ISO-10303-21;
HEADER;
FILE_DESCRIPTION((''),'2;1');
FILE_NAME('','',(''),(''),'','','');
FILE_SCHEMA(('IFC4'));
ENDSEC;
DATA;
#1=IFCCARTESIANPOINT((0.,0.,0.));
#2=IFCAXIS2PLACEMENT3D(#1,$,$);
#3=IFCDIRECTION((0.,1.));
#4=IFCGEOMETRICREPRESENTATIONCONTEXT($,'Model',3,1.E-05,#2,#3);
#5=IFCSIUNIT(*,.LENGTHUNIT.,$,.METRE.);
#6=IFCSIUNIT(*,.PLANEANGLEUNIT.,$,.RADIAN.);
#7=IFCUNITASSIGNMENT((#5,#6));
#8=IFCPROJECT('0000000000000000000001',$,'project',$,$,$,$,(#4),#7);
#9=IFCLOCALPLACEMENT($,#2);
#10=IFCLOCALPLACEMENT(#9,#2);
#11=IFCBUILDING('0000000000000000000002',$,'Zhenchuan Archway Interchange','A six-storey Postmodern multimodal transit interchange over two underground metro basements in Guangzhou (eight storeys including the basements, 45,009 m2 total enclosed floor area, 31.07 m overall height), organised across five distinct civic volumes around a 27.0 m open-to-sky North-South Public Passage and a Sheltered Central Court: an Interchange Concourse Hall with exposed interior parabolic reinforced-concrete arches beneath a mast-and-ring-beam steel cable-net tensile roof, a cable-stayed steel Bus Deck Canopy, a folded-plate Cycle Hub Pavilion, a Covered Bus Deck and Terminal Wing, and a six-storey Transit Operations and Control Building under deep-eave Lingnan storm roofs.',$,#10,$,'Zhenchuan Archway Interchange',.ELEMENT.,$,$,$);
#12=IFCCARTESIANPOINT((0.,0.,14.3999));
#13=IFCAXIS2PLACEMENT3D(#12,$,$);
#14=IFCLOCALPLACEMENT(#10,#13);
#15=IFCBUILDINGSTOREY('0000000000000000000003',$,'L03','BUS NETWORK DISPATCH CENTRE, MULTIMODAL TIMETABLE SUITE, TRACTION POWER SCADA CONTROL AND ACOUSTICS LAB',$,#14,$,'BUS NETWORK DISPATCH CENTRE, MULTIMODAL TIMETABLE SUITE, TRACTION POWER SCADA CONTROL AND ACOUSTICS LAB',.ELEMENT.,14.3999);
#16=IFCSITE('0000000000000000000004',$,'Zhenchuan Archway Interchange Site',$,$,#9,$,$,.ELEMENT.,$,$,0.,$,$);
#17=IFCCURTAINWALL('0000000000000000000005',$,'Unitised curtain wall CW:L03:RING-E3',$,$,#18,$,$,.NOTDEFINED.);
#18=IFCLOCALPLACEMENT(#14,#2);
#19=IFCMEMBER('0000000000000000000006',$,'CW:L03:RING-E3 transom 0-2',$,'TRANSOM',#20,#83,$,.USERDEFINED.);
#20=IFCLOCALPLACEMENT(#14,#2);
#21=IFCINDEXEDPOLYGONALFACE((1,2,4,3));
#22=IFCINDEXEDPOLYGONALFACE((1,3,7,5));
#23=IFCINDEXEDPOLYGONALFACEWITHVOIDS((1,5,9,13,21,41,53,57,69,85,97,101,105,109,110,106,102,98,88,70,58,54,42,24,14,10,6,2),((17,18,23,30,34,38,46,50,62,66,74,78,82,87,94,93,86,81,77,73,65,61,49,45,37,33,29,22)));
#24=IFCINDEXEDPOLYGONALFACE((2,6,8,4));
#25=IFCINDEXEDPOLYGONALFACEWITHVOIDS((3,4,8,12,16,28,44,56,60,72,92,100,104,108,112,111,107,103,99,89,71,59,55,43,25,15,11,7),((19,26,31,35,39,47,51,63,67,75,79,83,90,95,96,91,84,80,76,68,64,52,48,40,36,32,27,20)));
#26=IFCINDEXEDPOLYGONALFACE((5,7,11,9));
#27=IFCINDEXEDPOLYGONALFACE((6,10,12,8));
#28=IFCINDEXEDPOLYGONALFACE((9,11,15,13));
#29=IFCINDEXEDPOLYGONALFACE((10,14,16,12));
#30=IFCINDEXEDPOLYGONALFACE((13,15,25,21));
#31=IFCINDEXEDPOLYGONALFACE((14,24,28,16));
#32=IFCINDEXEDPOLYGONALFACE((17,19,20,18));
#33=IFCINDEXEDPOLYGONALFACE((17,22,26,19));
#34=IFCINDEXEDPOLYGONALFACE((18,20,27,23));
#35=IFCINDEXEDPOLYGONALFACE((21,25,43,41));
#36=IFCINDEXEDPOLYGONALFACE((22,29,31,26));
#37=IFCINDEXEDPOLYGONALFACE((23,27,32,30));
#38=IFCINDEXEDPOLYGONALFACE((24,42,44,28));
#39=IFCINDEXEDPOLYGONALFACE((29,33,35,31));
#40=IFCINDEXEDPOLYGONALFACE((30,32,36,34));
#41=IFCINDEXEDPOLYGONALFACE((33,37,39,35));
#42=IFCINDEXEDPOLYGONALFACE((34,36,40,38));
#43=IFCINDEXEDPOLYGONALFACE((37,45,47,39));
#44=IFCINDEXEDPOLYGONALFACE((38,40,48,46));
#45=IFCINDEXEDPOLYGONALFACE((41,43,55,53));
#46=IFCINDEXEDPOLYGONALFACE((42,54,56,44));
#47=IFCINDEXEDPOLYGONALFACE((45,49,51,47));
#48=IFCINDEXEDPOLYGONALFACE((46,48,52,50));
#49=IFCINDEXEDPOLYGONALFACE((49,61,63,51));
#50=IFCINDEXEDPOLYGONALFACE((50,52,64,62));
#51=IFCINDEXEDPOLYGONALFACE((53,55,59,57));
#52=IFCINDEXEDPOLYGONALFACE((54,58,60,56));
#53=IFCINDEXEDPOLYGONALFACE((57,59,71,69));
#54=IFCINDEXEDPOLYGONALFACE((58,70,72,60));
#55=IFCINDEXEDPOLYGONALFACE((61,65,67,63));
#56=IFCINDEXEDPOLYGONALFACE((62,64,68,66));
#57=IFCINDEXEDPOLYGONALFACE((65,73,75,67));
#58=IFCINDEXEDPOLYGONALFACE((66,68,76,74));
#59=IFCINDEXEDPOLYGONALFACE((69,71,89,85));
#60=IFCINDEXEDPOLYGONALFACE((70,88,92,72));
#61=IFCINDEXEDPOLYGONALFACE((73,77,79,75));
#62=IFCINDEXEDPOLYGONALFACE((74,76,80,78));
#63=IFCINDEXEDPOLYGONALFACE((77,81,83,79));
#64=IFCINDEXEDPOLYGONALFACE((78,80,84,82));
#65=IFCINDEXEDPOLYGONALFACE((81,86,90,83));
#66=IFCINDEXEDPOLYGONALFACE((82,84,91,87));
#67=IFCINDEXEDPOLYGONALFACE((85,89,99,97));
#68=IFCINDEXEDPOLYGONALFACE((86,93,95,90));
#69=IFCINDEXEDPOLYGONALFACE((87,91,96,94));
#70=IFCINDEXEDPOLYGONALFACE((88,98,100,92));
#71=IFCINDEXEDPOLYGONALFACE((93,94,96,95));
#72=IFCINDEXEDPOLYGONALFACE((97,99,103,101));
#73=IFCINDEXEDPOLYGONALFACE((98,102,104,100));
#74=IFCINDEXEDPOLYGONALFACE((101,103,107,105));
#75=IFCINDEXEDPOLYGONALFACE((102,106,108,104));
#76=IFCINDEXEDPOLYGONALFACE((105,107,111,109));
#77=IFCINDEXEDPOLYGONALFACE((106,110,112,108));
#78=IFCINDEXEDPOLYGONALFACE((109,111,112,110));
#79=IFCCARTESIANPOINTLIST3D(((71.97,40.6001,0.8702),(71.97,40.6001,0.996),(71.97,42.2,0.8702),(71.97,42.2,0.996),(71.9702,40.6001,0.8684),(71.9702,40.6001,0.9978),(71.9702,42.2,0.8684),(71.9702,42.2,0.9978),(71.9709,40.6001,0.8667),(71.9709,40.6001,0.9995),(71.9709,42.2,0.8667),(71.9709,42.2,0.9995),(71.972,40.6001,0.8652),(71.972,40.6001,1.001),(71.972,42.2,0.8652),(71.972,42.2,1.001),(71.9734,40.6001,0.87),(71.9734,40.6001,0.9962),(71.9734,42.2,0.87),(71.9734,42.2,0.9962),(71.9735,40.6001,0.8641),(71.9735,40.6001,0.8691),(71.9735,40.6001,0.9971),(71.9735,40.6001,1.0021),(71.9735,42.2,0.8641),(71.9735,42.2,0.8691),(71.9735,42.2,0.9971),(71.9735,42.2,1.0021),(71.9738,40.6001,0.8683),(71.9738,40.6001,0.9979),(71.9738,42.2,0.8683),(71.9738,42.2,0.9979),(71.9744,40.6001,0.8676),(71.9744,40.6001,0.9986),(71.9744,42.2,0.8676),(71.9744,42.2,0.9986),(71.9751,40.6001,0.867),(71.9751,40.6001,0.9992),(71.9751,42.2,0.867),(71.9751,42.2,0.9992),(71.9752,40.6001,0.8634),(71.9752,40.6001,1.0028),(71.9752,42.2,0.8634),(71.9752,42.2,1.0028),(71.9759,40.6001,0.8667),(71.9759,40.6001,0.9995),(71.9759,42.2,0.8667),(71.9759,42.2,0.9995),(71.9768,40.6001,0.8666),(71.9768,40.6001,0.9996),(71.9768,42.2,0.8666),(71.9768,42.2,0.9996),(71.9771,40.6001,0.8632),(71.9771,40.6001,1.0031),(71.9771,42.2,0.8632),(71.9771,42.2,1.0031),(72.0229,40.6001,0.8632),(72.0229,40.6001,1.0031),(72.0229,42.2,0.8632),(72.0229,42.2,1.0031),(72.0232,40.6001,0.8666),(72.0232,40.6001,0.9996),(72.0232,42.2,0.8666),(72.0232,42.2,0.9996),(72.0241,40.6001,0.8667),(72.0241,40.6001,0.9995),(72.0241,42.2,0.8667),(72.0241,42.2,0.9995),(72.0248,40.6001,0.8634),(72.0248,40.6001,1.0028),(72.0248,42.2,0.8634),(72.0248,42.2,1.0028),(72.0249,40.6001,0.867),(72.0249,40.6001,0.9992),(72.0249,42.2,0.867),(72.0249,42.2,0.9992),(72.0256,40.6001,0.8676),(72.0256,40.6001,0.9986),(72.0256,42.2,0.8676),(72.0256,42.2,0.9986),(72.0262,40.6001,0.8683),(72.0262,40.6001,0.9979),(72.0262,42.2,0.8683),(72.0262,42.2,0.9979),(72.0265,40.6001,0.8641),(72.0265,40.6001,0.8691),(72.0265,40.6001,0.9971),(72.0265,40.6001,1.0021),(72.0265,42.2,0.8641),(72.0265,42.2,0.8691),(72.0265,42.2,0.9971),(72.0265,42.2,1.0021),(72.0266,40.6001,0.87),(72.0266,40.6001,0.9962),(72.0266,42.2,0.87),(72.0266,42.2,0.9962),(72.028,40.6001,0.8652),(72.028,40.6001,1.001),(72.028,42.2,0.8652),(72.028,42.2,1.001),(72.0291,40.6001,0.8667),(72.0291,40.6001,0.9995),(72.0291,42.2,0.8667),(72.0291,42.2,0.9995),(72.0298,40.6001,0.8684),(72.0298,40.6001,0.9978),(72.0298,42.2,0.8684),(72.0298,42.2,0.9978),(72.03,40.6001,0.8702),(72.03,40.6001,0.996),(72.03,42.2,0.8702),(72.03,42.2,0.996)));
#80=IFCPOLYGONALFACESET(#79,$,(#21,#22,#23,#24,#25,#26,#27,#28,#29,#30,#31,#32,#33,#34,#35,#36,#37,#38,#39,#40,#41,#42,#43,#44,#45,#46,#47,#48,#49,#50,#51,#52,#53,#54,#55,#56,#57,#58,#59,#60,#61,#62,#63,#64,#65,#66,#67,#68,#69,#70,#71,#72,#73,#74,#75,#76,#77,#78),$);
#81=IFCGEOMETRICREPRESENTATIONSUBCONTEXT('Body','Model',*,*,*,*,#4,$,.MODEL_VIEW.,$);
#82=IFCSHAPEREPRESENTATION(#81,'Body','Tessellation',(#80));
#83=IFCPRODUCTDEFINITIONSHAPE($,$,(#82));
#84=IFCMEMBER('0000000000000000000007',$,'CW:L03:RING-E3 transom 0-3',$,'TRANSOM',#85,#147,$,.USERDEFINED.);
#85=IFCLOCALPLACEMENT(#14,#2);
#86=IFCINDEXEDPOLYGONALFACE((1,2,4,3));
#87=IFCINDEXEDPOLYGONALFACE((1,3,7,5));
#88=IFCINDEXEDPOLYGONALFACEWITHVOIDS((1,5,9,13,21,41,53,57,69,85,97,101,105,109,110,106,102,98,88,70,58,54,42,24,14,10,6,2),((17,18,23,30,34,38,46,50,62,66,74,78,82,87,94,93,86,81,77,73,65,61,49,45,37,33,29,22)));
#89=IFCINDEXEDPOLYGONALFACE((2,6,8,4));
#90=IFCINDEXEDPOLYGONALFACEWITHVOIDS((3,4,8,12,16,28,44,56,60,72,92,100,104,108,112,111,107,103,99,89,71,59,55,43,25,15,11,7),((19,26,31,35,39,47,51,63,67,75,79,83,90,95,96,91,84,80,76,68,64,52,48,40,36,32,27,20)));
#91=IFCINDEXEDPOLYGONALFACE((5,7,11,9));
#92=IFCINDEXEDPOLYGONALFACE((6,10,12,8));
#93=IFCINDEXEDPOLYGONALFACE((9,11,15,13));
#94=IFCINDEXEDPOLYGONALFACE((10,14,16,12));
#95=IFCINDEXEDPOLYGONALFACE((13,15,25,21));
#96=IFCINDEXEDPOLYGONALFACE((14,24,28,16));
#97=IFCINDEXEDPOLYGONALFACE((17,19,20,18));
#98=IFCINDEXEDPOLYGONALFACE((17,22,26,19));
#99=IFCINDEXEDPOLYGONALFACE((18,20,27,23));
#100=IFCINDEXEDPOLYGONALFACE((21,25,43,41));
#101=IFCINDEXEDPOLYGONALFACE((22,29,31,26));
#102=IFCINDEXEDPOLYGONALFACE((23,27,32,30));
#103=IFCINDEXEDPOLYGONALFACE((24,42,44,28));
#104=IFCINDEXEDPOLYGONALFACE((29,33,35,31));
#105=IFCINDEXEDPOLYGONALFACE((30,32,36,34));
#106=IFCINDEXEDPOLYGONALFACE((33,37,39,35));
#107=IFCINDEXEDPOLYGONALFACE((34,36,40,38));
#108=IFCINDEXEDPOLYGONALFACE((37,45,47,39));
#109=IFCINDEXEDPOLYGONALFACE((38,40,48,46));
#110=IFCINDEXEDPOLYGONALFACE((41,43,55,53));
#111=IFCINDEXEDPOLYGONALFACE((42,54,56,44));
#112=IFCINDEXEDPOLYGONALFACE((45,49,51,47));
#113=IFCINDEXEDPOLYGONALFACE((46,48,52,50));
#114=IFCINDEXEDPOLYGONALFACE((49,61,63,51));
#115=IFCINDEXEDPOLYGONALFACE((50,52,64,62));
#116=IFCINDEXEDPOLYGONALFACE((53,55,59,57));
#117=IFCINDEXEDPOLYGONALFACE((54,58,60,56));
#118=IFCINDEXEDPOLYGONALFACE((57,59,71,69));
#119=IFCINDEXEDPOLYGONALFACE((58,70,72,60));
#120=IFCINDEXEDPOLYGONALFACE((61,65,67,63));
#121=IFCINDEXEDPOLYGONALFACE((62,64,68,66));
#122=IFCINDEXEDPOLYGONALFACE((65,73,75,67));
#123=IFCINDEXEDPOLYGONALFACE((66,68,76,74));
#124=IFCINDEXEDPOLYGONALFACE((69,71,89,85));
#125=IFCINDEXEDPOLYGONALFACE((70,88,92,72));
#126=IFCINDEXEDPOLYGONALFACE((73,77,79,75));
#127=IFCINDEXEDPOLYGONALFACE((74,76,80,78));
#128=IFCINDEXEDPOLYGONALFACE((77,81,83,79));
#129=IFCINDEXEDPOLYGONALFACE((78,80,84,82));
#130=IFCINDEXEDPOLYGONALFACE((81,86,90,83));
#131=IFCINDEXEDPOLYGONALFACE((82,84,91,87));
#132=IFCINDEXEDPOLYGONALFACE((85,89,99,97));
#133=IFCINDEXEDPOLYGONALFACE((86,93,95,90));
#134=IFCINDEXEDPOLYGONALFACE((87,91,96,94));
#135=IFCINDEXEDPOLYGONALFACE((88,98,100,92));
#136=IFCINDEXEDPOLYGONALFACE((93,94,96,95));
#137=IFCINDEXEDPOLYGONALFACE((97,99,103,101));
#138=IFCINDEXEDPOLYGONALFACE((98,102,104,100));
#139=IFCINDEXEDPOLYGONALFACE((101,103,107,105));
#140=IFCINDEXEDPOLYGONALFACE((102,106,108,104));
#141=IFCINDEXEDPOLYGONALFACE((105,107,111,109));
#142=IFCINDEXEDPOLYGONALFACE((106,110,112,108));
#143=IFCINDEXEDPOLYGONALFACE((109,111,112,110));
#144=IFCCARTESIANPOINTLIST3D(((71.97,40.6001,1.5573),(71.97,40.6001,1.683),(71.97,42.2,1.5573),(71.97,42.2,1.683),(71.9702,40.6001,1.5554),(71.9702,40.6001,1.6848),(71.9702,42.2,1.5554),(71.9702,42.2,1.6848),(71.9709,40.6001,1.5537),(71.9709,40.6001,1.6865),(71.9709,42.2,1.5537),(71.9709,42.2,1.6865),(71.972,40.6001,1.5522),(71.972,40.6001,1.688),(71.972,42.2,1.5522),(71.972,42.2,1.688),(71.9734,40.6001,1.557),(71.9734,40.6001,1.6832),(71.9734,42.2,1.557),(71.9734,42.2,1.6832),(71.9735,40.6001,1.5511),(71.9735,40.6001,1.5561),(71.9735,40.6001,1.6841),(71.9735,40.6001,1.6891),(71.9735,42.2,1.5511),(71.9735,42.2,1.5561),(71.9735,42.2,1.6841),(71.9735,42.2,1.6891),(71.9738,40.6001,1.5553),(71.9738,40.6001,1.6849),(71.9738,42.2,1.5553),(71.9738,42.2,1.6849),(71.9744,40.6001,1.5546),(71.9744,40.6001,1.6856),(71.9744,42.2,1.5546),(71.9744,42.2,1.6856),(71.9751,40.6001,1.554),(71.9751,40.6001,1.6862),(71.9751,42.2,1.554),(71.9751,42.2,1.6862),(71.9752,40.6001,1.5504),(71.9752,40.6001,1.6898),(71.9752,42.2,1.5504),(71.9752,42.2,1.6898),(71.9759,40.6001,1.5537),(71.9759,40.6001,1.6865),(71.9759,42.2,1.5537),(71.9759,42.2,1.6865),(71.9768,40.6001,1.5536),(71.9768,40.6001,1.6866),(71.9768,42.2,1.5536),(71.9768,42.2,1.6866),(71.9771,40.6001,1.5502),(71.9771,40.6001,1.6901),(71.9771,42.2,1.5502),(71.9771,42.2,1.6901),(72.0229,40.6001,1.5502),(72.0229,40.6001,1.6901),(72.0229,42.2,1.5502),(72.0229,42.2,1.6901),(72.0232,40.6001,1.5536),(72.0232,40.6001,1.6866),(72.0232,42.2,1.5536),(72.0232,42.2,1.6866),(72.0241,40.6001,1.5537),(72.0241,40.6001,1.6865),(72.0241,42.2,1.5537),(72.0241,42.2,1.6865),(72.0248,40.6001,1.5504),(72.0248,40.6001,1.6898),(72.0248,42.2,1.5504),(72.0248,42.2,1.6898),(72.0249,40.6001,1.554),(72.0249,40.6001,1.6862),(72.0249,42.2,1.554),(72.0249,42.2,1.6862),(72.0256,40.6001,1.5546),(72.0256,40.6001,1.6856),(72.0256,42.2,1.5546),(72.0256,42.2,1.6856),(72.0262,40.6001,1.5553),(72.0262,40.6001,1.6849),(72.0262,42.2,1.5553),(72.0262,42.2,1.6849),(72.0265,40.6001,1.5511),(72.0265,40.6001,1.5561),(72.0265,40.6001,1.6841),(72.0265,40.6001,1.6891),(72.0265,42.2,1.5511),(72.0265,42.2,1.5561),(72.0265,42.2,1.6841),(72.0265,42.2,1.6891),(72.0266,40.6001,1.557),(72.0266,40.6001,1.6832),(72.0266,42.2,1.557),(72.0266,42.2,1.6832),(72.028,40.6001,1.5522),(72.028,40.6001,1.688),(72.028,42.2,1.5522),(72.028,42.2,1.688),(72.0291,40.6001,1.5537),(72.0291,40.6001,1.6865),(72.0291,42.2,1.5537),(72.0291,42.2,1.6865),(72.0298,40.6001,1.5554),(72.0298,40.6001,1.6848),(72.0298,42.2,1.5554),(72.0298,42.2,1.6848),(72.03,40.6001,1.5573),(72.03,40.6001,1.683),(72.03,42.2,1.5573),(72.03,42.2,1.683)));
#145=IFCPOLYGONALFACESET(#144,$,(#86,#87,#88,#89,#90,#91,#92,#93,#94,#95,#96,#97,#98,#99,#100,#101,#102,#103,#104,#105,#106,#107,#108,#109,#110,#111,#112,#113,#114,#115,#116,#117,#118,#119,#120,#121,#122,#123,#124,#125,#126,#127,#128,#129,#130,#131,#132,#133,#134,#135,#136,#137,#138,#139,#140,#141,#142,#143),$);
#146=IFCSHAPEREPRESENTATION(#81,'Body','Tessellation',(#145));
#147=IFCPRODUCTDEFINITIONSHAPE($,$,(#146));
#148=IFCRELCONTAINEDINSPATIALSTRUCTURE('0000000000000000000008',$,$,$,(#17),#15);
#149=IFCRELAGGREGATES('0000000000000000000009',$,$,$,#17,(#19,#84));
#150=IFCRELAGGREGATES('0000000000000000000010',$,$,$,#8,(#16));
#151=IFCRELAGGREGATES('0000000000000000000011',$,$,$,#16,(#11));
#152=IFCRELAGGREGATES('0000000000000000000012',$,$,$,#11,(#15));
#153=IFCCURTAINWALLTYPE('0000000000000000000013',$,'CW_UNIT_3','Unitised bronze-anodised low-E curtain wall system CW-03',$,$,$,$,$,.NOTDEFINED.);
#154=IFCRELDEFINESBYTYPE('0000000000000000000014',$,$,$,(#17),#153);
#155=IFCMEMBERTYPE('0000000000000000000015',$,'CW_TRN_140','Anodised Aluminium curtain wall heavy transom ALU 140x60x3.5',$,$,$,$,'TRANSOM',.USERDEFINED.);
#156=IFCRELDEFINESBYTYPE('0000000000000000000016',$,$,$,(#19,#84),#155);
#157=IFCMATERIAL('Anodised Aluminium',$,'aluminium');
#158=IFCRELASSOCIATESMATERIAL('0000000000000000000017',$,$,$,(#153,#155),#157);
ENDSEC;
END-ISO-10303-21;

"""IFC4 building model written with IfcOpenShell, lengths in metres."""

from ifc_helpers import new_model, si_unit, direction, frame, origin, origin_2d, place, context, subcontext, project, spatial, hollow_rectangle, extrude, material, material_profile, profile_set, type_object, element, aggregate, save


model = new_model("IFC4")

# Units and contexts
model_context = context("Model", 3, precision=1e-05, world=origin(), true_north=direction((0.0, 1.0)))
body_context = subcontext(model_context, "Body", "Model", "MODEL_VIEW")
ifc_project = project(units=[si_unit("LENGTHUNIT", "METRE"), si_unit("PLANEANGLEUNIT", "RADIAN")], contexts=[model_context])

# Site, building, storey
site_placement = place(None, origin())
site = spatial("IfcSite", under=ifc_project, at=site_placement, Name="Zhenchuan Archway Interchange Site", CompositionType="ELEMENT", RefElevation=0.0)
building_placement = place(site_placement, origin())
building = spatial("IfcBuilding", under=site, at=building_placement, Name="Zhenchuan Archway Interchange", Description="A six-storey Postmodern multimodal transit interchange over two underground metro basements in Guangzhou (eight storeys including the basements, 45,009 m2 total enclosed floor area, 31.07 m overall height), organised across five distinct civic volumes around a 27.0 m open-to-sky North-South Public Passage and a Sheltered Central Court: an Interchange Concourse Hall with exposed interior parabolic reinforced-concrete arches beneath a mast-and-ring-beam steel cable-net tensile roof, a cable-stayed steel Bus Deck Canopy, a folded-plate Cycle Hub Pavilion, a Covered Bus Deck and Terminal Wing, and a six-storey Transit Operations and Control Building under deep-eave Lingnan storm roofs.", LongName="Zhenchuan Archway Interchange", CompositionType="ELEMENT")
storey_placement = place(building_placement, frame((0.0, 0.0, 14.3999)))
storey = spatial("IfcBuildingStorey", under=building, at=storey_placement, Name="L03", Description="BUS NETWORK DISPATCH CENTRE, MULTIMODAL TIMETABLE SUITE, TRACTION POWER SCADA CONTROL AND ACOUSTICS LAB", LongName="BUS NETWORK DISPATCH CENTRE, MULTIMODAL TIMETABLE SUITE, TRACTION POWER SCADA CONTROL AND ACOUSTICS LAB", CompositionType="ELEMENT", Elevation=14.3999)

# Curtain wall
ifc_material_1 = material(Name="Anodised Aluminium", Category="aluminium")
curtain_wall_type = type_object("IfcCurtainWallType", Name="CW_UNIT_3", Description="Unitised bronze-anodised low-E curtain wall system CW-03", PredefinedType="NOTDEFINED", material=ifc_material_1)
curtain_wall_1_placement = place(storey_placement, origin())
curtain_wall_1 = element("IfcCurtainWall", 1, at=curtain_wall_1_placement, inside=storey, type_object=curtain_wall_type, Name="Unitised curtain wall CW:L03:RING-E3", PredefinedType="NOTDEFINED")

# Members
ifc_material_profile_1 = material_profile(ifc_material_1, hollow_rectangle(XDim=0.0601, YDim=0.1399, WallThickness=0.0034, InnerFilletRadius=0.0034, OuterFilletRadius=0.0071, at=origin_2d()), Name="ALU 140x60x3.5")
ifc_profile_set_1 = profile_set([ifc_material_profile_1], Name="Anodised Aluminium")
member_type_1 = type_object("IfcMemberType", Name="CW_TRN_140", Description="Anodised Aluminium curtain wall heavy transom ALU 140x60x3.5", ElementType="TRANSOM", PredefinedType="USERDEFINED", material=ifc_profile_set_1)
member_1_placement = place(storey_placement, frame((72.0, 40.6001, 0.9331), z_axis=(0.0, 1.0, 0.0), x_axis=(-1.0, 0.0, 0.0)))
member_1 = element("IfcMember", 2, at=member_1_placement, type_object=member_type_1, Name="CW:L03:RING-E3 transom 0-2", ObjectType="TRANSOM", PredefinedType="USERDEFINED", context=body_context, shape_type="SweptSolid", body=[
    extrude(hollow_rectangle(XDim=0.0601, YDim=0.1399, WallThickness=0.0034, InnerFilletRadius=0.0034, OuterFilletRadius=0.0071, at=origin_2d()), origin(), (0.0, 0.0, 1.0), 1.5999),
])
member_2_placement = place(storey_placement, frame((72.0, 40.6001, 1.6201), z_axis=(0.0, 1.0, 0.0), x_axis=(-1.0, 0.0, 0.0)))
member_2 = element("IfcMember", 3, at=member_2_placement, type_object=member_type_1, Name="CW:L03:RING-E3 transom 0-3", ObjectType="TRANSOM", PredefinedType="USERDEFINED", context=body_context, shape_type="SweptSolid", body=[
    extrude(hollow_rectangle(XDim=0.0601, YDim=0.1399, WallThickness=0.0034, InnerFilletRadius=0.0034, OuterFilletRadius=0.0071, at=origin_2d()), origin(), (0.0, 0.0, 1.0), 1.5999),
])

aggregate(curtain_wall_1, [member_1, member_2])

save(model, "model.ifc")
